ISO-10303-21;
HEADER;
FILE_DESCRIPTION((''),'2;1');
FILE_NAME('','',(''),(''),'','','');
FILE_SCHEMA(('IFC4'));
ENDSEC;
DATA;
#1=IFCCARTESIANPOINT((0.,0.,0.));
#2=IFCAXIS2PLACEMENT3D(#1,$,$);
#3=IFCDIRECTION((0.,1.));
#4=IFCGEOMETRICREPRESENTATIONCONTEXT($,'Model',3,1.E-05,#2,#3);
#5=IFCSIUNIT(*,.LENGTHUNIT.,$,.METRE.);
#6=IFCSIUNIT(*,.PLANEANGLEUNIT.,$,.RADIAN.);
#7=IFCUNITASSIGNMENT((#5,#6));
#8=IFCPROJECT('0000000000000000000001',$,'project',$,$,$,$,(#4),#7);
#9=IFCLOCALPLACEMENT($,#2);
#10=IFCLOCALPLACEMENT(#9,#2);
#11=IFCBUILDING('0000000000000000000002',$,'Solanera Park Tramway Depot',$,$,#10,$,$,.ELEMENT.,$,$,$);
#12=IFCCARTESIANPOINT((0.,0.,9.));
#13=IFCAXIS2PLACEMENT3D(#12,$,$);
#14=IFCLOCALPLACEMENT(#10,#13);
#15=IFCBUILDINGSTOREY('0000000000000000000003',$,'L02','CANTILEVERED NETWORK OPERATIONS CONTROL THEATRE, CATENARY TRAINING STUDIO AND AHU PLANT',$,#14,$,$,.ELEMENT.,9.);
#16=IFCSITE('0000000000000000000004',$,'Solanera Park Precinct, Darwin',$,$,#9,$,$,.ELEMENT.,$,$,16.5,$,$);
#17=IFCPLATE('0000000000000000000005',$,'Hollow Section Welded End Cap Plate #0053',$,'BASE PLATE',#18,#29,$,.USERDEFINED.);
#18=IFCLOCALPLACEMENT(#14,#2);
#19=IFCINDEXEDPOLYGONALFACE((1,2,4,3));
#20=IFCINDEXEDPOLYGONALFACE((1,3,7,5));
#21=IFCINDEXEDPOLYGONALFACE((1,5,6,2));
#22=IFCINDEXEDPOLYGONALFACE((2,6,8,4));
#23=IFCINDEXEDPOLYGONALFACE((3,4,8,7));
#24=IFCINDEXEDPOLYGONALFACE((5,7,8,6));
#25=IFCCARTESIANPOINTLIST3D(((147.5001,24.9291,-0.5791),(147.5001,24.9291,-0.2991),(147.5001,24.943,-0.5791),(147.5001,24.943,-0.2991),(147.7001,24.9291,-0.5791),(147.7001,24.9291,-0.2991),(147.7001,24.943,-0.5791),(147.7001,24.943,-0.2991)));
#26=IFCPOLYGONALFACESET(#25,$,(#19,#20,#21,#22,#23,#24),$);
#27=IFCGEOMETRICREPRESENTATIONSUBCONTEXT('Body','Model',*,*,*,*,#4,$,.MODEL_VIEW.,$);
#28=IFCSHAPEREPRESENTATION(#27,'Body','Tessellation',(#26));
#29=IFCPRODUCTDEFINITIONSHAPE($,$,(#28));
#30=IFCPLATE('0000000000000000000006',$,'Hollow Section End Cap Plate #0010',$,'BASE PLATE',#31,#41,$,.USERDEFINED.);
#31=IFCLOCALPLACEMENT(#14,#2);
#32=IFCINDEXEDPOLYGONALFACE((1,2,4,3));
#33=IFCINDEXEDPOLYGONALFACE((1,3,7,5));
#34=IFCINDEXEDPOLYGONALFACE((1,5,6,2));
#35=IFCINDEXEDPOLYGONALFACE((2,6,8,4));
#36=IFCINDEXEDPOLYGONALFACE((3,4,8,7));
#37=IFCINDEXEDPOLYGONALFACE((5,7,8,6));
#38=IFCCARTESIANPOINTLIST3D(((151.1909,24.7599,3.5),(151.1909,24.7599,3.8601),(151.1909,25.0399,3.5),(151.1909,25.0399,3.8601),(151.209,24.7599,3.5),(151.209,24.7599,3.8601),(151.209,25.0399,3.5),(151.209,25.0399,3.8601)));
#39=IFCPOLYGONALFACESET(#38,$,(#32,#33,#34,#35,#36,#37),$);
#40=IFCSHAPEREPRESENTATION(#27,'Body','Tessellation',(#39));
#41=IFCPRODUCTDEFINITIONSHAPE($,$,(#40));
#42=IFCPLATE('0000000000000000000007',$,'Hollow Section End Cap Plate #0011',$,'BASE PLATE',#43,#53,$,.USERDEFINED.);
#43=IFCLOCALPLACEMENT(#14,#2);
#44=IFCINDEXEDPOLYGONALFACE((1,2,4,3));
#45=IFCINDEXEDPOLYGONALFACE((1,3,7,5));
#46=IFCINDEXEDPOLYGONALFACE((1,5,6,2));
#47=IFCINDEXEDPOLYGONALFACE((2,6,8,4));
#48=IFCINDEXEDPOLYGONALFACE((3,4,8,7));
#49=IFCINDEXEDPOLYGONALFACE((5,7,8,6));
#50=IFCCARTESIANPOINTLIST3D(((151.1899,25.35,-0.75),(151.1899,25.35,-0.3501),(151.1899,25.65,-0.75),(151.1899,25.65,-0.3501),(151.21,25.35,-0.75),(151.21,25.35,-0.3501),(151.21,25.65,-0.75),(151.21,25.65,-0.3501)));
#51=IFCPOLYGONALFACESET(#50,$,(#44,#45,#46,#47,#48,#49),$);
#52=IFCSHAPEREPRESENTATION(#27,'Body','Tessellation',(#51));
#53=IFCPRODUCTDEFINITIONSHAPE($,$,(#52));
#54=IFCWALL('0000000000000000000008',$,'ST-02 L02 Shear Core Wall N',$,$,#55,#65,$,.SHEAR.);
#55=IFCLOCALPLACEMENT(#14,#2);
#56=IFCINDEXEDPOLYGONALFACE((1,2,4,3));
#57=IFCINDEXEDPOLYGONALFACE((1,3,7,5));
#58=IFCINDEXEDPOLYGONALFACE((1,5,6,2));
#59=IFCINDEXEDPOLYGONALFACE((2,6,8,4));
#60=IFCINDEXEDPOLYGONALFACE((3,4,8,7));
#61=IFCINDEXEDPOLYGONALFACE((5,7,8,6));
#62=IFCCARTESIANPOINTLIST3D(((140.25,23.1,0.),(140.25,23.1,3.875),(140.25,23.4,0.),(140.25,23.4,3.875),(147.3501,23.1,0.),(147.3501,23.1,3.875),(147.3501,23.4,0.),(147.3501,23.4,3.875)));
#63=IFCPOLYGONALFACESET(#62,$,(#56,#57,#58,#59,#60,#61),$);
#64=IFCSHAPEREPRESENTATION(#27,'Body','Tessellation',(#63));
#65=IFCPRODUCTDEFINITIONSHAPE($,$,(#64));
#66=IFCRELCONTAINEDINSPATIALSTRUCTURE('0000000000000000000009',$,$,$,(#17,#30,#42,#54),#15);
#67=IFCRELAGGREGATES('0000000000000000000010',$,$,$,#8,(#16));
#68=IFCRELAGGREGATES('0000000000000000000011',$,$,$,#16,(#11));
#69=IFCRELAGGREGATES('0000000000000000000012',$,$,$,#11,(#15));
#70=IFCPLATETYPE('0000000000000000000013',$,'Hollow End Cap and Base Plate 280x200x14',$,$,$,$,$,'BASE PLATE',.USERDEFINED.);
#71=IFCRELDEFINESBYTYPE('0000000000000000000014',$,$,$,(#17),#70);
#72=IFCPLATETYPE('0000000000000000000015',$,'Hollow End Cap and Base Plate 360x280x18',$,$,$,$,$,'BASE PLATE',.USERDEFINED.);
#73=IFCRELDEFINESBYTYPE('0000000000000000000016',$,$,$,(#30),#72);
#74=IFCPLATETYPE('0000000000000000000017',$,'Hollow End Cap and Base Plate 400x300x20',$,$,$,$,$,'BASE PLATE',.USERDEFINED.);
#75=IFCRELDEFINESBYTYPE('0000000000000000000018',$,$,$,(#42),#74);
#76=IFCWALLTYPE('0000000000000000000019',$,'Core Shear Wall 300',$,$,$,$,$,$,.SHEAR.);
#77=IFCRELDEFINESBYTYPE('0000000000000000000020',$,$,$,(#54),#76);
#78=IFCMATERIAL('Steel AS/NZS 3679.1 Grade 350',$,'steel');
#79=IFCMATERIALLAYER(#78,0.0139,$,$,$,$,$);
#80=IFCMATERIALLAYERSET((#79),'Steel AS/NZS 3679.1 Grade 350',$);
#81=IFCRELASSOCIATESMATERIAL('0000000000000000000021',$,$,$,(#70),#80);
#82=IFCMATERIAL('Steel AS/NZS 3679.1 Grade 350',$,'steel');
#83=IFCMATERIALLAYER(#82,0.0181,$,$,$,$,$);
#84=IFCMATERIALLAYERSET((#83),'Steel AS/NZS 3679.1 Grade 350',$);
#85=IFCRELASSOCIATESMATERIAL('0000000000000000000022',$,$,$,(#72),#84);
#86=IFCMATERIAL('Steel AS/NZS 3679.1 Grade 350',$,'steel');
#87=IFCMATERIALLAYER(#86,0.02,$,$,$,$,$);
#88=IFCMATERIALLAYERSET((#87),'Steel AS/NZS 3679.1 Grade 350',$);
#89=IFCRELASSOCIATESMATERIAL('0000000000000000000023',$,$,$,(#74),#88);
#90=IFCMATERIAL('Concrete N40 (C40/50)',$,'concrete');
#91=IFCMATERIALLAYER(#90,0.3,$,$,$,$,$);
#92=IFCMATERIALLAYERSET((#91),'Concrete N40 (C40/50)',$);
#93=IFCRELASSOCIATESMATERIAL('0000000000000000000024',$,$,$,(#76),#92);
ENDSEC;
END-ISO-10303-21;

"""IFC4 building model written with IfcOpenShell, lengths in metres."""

from ifc_helpers import new_model, si_unit, direction, frame, frame_2d, origin, origin_2d, place, context, subcontext, project, spatial, rectangle, extrude, material, layer, layer_set, type_object, element, save


model = new_model("IFC4")

# Units and contexts
model_context = context("Model", 3, precision=1e-05, world=origin(), true_north=direction((0.0, 1.0)))
body_context = subcontext(model_context, "Body", "Model", "MODEL_VIEW")
ifc_project = project(units=[si_unit("LENGTHUNIT", "METRE"), si_unit("PLANEANGLEUNIT", "RADIAN")], contexts=[model_context])

# Site, building, storey
site_placement = place(None, origin())
site = spatial("IfcSite", under=ifc_project, at=site_placement, Name="Solanera Park Precinct, Darwin", CompositionType="ELEMENT", RefElevation=16.5)
building_placement = place(site_placement, origin())
building = spatial("IfcBuilding", under=site, at=building_placement, Name="Solanera Park Tramway Depot", CompositionType="ELEMENT")
storey_placement = place(building_placement, frame((0.0, 0.0, 9.0)))
storey = spatial("IfcBuildingStorey", under=building, at=storey_placement, Name="L02", Description="CANTILEVERED NETWORK OPERATIONS CONTROL THEATRE, CATENARY TRAINING STUDIO AND AHU PLANT", CompositionType="ELEMENT", Elevation=9.0)

# Plates
ifc_material_1 = material(Name="Steel AS/NZS 3679.1 Grade 350", Category="steel")
ifc_layer_1 = layer(ifc_material_1, 0.0139)
ifc_layer_set_1 = layer_set([ifc_layer_1], Name="Steel AS/NZS 3679.1 Grade 350")
plate_type_1 = type_object("IfcPlateType", Name="Hollow End Cap and Base Plate 280x200x14", ElementType="BASE PLATE", PredefinedType="USERDEFINED", material=ifc_layer_set_1)
plate_1_placement = place(storey_placement, frame((147.6001, 24.936, -0.5791), z_axis=(0.0, 0.0, 1.0), x_axis=(0.0, 1.0, 0.0)))
element("IfcPlate", 1, at=plate_1_placement, inside=storey, type_object=plate_type_1, Name="Hollow Section Welded End Cap Plate #0053", ObjectType="BASE PLATE", PredefinedType="USERDEFINED", context=body_context, shape_type="SweptSolid", body=[
    extrude(rectangle(XDim=0.0139, YDim=0.2, at=origin_2d()), origin(), (0.0, 0.0, 1.0), 0.28),
])
ifc_material_2 = material(Name="Steel AS/NZS 3679.1 Grade 350", Category="steel")
ifc_layer_2 = layer(ifc_material_2, 0.0181)
ifc_layer_set_2 = layer_set([ifc_layer_2], Name="Steel AS/NZS 3679.1 Grade 350")
plate_type_2 = type_object("IfcPlateType", Name="Hollow End Cap and Base Plate 360x280x18", ElementType="BASE PLATE", PredefinedType="USERDEFINED", material=ifc_layer_set_2)
plate_2_placement = place(storey_placement, frame((151.2, 24.8999, 3.5), z_axis=(0.0, 0.0, 1.0), x_axis=(1.0, 0.0, 0.0)))
element("IfcPlate", 2, at=plate_2_placement, inside=storey, type_object=plate_type_2, Name="Hollow Section End Cap Plate #0010", ObjectType="BASE PLATE", PredefinedType="USERDEFINED", context=body_context, shape_type="SweptSolid", body=[
    extrude(rectangle(XDim=0.0181, YDim=0.28, at=origin_2d()), origin(), (0.0, 0.0, 1.0), 0.3601),
])
ifc_material_3 = material(Name="Steel AS/NZS 3679.1 Grade 350", Category="steel")
ifc_layer_3 = layer(ifc_material_3, 0.02)
ifc_layer_set_3 = layer_set([ifc_layer_3], Name="Steel AS/NZS 3679.1 Grade 350")
plate_type_3 = type_object("IfcPlateType", Name="Hollow End Cap and Base Plate 400x300x20", ElementType="BASE PLATE", PredefinedType="USERDEFINED", material=ifc_layer_set_3)
plate_3_placement = place(storey_placement, frame((151.2, 25.5, -0.75), z_axis=(0.0, 0.0, 1.0), x_axis=(1.0, 0.0, 0.0)))
element("IfcPlate", 3, at=plate_3_placement, inside=storey, type_object=plate_type_3, Name="Hollow Section End Cap Plate #0011", ObjectType="BASE PLATE", PredefinedType="USERDEFINED", context=body_context, shape_type="SweptSolid", body=[
    extrude(rectangle(XDim=0.02, YDim=0.3, at=origin_2d()), origin(), (0.0, 0.0, 1.0), 0.3999),
])

# Wall
ifc_material_4 = material(Name="Concrete N40 (C40/50)", Category="concrete")
ifc_layer_4 = layer(ifc_material_4, 0.3)
ifc_layer_set_4 = layer_set([ifc_layer_4], Name="Concrete N40 (C40/50)")
wall_type = type_object("IfcWallType", Name="Core Shear Wall 300", PredefinedType="SHEAR", material=ifc_layer_set_4)
wall_placement = place(storey_placement, frame((147.3501, 23.25, 0.0), z_axis=(0.0, 0.0, 1.0), x_axis=(-1.0, 0.0, 0.0)))
element("IfcWall", 4, at=wall_placement, inside=storey, type_object=wall_type, Name="ST-02 L02 Shear Core Wall N", PredefinedType="SHEAR", context=body_context, shape_type="SweptSolid", body=[
    extrude(rectangle(XDim=7.1001, YDim=0.3, at=frame_2d((3.55, 0.0))), origin(), (0.0, 0.0, 1.0), 3.875),
])

save(model, "model.ifc")
